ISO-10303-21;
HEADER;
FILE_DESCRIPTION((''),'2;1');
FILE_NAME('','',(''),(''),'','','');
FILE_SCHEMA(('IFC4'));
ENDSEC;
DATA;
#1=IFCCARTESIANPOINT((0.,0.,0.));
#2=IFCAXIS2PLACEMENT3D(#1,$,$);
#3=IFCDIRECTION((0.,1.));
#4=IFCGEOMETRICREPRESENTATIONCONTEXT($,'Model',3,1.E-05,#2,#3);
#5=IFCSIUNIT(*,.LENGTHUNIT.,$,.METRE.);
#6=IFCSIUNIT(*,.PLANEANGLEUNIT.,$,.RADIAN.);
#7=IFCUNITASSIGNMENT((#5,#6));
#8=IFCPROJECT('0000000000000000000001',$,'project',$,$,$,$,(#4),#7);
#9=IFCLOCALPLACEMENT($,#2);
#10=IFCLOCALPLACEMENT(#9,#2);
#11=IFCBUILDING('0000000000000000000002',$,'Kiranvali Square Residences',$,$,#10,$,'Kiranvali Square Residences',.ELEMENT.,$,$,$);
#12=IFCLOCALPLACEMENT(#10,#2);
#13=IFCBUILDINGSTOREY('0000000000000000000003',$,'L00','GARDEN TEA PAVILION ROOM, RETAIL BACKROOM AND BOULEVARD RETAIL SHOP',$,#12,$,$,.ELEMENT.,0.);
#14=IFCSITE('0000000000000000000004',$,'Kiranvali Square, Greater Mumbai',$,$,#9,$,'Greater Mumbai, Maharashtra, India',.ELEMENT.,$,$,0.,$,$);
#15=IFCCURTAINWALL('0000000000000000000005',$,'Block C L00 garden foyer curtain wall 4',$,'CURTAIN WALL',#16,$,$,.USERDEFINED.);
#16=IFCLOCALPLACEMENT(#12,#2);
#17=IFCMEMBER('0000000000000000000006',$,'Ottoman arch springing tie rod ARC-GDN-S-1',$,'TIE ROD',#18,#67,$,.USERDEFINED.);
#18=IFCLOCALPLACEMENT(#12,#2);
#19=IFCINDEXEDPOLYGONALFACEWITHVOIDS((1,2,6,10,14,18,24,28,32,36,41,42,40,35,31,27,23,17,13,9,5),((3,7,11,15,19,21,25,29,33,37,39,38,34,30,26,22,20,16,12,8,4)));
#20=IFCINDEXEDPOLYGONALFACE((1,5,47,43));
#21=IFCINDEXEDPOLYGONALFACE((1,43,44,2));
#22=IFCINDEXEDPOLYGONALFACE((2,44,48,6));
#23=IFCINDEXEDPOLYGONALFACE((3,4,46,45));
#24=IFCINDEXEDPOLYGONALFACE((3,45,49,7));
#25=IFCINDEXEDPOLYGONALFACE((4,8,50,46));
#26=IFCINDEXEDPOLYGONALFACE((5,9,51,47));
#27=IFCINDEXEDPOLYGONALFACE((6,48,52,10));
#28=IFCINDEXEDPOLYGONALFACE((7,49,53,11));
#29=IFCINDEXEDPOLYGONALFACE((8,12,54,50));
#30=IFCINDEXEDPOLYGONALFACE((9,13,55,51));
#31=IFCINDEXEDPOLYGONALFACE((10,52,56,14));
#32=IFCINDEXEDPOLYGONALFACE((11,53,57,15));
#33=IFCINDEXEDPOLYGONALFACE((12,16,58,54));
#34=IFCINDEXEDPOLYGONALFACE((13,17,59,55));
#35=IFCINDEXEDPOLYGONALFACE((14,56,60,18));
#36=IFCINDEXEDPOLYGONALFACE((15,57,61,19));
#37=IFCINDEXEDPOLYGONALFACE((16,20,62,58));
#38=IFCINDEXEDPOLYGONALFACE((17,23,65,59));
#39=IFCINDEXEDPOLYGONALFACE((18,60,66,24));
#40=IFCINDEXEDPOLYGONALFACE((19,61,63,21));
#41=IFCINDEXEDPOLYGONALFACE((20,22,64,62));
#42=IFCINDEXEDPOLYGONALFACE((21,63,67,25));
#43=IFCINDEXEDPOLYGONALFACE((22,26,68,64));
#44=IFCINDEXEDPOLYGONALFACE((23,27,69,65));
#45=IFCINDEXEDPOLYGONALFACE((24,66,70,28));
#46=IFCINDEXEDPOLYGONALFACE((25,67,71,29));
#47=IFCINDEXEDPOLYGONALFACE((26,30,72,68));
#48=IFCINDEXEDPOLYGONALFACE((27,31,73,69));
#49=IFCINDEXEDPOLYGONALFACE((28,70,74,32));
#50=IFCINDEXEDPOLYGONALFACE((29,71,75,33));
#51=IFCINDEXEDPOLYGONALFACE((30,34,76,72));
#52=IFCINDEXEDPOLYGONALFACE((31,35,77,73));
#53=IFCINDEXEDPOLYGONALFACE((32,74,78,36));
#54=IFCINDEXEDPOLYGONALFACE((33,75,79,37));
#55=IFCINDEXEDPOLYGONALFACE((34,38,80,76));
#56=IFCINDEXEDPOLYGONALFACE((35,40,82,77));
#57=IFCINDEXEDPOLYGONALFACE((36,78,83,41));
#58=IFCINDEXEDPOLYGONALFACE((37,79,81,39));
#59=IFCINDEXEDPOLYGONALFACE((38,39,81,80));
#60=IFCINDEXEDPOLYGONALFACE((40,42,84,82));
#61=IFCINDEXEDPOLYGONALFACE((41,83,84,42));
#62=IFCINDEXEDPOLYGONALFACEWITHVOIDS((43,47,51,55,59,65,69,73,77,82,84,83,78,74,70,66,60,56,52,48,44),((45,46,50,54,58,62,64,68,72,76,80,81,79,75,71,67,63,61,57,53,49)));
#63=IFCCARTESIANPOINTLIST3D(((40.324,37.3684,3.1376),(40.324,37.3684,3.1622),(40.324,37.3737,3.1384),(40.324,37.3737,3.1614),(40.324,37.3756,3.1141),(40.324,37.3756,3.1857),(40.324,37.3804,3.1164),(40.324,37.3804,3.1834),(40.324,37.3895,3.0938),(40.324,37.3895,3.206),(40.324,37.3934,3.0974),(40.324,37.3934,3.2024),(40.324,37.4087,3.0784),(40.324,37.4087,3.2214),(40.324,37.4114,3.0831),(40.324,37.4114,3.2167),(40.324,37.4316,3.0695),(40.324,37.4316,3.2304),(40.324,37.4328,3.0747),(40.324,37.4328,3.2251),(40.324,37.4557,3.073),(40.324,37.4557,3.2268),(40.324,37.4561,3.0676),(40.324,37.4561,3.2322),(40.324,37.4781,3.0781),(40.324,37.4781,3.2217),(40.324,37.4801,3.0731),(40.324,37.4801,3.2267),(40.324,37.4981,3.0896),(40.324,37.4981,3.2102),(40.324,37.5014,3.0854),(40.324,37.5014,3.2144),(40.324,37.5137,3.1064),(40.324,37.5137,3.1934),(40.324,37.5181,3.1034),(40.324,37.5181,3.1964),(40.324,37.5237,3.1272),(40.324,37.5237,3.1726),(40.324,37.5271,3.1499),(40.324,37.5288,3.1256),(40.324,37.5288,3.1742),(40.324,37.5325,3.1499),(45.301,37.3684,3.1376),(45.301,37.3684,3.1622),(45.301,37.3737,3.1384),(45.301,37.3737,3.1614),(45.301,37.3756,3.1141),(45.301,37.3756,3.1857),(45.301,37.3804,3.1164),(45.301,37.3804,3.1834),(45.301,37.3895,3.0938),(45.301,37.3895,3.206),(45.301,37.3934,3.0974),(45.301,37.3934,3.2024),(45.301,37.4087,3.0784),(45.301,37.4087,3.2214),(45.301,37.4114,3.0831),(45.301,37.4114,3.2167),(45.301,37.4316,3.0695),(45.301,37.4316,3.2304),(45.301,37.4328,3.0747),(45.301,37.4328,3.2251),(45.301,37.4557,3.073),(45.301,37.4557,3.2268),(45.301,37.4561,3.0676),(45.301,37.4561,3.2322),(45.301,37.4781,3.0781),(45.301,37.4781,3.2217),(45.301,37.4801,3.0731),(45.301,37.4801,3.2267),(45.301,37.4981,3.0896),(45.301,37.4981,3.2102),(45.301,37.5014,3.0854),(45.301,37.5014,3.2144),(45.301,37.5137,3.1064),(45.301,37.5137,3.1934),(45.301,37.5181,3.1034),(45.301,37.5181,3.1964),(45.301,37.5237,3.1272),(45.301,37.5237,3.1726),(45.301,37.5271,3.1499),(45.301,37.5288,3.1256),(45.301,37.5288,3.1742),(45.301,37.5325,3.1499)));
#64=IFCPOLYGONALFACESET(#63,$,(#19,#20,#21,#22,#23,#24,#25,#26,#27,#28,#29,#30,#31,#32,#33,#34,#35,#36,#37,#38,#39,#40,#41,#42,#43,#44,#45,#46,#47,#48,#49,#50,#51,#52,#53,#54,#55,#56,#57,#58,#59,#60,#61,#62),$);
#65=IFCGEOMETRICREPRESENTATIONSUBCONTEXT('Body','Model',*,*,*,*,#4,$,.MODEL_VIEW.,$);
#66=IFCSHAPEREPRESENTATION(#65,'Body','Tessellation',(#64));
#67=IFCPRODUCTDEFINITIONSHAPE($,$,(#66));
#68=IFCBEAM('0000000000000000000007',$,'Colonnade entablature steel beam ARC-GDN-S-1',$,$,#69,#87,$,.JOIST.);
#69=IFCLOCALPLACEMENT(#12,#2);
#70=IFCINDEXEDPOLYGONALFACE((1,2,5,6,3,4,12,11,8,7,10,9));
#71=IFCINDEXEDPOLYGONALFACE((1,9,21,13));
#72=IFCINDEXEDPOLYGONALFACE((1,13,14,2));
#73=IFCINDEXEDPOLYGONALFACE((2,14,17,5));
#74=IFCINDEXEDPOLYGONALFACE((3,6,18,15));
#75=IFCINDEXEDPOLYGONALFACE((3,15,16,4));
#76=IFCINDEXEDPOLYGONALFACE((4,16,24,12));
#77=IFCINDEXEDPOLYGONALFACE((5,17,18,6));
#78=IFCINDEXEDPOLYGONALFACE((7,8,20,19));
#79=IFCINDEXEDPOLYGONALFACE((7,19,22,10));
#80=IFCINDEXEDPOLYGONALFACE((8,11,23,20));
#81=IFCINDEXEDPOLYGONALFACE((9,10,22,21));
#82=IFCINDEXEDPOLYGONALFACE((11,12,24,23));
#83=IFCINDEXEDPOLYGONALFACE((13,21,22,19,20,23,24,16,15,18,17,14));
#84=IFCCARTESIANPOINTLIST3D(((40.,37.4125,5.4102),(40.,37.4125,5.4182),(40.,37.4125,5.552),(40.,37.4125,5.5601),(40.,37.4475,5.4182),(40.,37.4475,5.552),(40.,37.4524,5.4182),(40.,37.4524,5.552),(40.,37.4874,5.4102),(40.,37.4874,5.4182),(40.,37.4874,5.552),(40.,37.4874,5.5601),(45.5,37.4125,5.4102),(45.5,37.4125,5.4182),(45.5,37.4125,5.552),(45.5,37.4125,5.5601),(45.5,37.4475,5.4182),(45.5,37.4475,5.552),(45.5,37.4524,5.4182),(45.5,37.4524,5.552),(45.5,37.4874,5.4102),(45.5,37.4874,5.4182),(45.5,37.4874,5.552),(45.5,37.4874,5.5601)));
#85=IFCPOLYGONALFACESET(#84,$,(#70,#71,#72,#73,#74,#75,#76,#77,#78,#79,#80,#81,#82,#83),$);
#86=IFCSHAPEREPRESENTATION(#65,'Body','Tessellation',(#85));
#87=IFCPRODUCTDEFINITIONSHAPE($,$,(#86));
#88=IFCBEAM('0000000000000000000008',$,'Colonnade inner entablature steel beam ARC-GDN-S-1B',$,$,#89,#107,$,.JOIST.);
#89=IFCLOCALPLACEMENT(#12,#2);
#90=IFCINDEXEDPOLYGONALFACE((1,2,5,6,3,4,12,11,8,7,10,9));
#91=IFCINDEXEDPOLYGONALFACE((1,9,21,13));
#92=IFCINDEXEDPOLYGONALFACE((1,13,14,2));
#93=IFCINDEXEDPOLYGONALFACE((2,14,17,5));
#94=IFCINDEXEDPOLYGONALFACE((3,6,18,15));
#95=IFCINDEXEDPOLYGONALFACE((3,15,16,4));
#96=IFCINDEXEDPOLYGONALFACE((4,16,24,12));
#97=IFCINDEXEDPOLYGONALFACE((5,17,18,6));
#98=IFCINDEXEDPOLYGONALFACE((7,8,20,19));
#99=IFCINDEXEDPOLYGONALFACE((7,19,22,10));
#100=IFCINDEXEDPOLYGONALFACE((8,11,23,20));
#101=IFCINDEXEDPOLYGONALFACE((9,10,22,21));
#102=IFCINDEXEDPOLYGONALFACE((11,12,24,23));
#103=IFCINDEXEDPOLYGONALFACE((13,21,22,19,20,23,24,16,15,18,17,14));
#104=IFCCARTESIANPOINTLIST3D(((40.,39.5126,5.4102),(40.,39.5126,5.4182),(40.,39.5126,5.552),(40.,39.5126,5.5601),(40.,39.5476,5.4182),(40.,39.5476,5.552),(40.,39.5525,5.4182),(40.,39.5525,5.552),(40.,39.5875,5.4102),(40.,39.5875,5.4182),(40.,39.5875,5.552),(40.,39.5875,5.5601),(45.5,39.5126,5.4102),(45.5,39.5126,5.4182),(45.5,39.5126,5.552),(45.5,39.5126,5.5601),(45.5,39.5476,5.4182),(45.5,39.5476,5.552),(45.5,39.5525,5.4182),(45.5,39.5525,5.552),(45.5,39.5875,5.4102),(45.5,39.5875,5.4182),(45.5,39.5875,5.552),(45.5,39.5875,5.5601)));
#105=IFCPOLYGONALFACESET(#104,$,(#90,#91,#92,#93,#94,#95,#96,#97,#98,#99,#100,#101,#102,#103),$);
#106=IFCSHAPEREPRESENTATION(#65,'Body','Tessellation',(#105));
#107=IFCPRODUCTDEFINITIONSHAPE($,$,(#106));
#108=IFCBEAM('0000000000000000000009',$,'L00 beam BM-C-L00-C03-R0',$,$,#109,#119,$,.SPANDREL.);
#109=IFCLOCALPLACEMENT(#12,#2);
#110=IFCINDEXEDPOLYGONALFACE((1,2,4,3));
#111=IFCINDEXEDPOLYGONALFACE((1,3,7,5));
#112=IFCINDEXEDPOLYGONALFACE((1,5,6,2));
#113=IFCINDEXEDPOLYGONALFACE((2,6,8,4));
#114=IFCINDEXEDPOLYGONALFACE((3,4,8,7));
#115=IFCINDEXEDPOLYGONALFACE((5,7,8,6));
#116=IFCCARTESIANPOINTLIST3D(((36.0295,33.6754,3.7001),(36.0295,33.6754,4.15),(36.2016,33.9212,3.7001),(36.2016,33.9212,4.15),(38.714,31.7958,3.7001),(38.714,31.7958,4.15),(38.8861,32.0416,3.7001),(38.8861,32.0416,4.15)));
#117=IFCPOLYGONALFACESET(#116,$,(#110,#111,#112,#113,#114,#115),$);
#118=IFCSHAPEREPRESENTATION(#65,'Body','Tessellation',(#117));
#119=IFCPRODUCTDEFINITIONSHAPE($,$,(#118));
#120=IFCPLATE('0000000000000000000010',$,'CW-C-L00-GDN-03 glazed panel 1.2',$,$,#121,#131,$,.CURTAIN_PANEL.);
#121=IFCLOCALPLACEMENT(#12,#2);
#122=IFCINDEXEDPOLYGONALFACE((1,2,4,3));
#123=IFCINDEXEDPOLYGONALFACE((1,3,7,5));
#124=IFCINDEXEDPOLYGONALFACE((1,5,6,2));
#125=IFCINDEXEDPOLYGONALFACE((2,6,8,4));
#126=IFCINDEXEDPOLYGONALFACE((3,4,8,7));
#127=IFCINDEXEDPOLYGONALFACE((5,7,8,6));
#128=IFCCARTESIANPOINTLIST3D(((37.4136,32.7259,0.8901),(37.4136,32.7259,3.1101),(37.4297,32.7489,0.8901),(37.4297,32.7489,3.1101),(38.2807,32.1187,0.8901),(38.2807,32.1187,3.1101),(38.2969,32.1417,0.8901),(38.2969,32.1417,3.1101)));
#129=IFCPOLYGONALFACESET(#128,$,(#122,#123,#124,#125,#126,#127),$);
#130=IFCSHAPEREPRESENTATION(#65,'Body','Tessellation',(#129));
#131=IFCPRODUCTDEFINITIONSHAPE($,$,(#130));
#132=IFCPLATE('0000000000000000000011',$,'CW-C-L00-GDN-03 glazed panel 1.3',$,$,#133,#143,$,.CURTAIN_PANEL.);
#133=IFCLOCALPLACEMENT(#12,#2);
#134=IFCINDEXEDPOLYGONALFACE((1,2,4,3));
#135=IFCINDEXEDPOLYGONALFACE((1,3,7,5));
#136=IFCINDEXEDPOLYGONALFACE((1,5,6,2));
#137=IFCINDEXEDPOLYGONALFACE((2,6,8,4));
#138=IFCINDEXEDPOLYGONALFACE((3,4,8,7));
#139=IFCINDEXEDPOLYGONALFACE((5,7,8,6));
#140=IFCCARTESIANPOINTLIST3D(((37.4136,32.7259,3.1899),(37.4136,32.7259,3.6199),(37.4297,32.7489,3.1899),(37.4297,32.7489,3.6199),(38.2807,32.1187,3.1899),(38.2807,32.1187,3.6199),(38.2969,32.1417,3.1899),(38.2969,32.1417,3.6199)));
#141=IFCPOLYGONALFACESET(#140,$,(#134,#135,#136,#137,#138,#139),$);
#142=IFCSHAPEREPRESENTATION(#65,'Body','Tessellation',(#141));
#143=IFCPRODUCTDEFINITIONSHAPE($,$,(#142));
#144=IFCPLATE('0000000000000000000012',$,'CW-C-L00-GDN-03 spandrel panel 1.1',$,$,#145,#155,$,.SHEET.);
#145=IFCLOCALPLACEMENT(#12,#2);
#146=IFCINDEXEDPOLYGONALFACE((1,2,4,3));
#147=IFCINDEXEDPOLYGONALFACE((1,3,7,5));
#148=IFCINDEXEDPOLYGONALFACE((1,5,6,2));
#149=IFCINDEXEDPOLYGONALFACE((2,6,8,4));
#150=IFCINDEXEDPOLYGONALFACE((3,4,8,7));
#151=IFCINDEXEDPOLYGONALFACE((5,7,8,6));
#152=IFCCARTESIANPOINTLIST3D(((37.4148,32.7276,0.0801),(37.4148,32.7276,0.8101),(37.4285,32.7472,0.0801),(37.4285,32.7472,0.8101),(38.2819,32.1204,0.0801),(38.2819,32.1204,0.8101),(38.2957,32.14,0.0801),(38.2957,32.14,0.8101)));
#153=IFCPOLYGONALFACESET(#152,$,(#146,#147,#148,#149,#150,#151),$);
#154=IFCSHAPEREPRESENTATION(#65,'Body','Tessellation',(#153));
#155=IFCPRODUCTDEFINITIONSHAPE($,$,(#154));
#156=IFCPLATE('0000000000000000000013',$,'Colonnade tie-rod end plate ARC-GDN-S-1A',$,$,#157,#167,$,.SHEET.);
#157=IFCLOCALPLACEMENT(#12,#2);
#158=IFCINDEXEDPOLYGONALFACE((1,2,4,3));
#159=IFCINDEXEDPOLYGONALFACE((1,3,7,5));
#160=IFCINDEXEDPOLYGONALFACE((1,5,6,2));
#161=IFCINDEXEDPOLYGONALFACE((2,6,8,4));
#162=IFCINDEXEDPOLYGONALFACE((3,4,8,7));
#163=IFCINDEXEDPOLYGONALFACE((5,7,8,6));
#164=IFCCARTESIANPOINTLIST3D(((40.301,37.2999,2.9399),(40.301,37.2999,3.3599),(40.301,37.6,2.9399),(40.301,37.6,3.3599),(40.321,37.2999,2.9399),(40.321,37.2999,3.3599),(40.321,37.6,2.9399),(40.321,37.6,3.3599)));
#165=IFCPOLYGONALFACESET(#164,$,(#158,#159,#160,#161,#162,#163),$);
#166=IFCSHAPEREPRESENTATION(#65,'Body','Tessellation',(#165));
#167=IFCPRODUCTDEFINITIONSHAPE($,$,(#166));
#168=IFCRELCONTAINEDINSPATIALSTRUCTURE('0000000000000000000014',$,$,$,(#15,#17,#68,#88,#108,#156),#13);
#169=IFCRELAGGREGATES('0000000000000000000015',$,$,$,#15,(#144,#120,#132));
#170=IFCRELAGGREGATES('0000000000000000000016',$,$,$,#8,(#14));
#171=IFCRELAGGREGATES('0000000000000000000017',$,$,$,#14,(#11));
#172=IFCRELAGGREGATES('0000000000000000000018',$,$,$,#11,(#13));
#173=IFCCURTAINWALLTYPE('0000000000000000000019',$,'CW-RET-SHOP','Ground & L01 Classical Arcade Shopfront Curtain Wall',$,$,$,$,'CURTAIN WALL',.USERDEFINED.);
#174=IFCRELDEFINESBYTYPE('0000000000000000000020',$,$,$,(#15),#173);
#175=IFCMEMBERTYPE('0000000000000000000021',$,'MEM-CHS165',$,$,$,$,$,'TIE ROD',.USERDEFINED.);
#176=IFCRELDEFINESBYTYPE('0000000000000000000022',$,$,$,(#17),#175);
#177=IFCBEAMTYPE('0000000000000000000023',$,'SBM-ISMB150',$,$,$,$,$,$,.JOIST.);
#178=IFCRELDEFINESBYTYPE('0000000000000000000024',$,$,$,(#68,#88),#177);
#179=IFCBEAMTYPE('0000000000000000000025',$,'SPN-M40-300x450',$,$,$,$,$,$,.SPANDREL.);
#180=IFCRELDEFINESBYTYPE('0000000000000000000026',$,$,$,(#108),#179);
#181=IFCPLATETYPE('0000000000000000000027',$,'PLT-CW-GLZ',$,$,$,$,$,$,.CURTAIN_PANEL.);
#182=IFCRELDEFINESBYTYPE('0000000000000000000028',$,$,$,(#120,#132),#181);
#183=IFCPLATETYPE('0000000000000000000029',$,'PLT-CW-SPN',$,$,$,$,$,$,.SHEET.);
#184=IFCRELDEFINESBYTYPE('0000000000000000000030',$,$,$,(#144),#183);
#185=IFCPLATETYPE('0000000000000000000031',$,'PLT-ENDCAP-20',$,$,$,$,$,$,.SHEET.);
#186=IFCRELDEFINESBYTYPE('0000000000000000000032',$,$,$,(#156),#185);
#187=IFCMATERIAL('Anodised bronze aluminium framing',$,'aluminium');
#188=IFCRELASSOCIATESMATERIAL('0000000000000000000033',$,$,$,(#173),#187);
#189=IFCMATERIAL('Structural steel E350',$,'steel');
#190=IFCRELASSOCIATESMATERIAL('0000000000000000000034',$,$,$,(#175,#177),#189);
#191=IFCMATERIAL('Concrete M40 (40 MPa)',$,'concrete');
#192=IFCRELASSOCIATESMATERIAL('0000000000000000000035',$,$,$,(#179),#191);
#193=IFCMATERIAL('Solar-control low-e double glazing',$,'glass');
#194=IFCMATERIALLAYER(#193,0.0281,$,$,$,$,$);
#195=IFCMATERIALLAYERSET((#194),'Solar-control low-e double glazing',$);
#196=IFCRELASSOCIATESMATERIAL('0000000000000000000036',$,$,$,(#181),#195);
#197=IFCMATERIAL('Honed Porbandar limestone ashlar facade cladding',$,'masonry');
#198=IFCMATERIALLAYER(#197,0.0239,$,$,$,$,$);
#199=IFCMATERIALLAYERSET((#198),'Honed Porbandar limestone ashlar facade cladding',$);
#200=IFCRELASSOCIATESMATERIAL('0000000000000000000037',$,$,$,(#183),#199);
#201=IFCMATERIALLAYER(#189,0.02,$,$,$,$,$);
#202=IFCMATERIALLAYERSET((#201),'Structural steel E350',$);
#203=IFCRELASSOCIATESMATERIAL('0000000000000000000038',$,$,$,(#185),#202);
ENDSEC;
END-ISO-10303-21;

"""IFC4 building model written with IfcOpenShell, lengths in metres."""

from ifc_helpers import new_model, si_unit, direction, frame, origin, origin_2d, place, context, subcontext, project, spatial, rectangle, hollow_circle, i_section, extrude, material, layer, layer_set, material_profile, profile_set, type_object, element, aggregate, save


model = new_model("IFC4")

# Units and contexts
model_context = context("Model", 3, precision=1e-05, world=origin(), true_north=direction((0.0, 1.0)))
body_context = subcontext(model_context, "Body", "Model", "MODEL_VIEW")
ifc_project = project(units=[si_unit("LENGTHUNIT", "METRE"), si_unit("PLANEANGLEUNIT", "RADIAN")], contexts=[model_context])

# Site, building, storey
site_placement = place(None, origin())
site = spatial("IfcSite", under=ifc_project, at=site_placement, Name="Kiranvali Square, Greater Mumbai", LongName="Greater Mumbai, Maharashtra, India", CompositionType="ELEMENT", RefElevation=0.0)
building_placement = place(site_placement, origin())
building = spatial("IfcBuilding", under=site, at=building_placement, Name="Kiranvali Square Residences", LongName="Kiranvali Square Residences", CompositionType="ELEMENT")
storey_placement = place(building_placement, origin())
storey = spatial("IfcBuildingStorey", under=building, at=storey_placement, Name="L00", Description="GARDEN TEA PAVILION ROOM, RETAIL BACKROOM AND BOULEVARD RETAIL SHOP", CompositionType="ELEMENT", Elevation=0.0)

# Shared definitions
ifc_material_1 = material(Name="Concrete M40 (40 MPa)", Category="concrete")

# Curtain wall
ifc_material_2 = material(Name="Anodised bronze aluminium framing", Category="aluminium")
curtain_wall_type = type_object("IfcCurtainWallType", Name="CW-RET-SHOP", Description="Ground & L01 Classical Arcade Shopfront Curtain Wall", ElementType="CURTAIN WALL", PredefinedType="USERDEFINED", material=ifc_material_2)
curtain_wall_placement = place(storey_placement, origin())
curtain_wall = element("IfcCurtainWall", 1, at=curtain_wall_placement, inside=storey, type_object=curtain_wall_type, Name="Block C L00 garden foyer curtain wall 4", ObjectType="CURTAIN WALL", PredefinedType="USERDEFINED")

# Member
ifc_material_3 = material(Name="Structural steel E350", Category="steel")
ifc_material_profile_1 = material_profile(ifc_material_3, hollow_circle(Radius=0.0825, WallThickness=0.0054, at=origin_2d()), Name="CHS 165.1x5.4")
ifc_profile_set_1 = profile_set([ifc_material_profile_1], Name="Structural steel E350")
member_type_1 = type_object("IfcMemberType", Name="MEM-CHS165", ElementType="TIE ROD", PredefinedType="USERDEFINED", material=ifc_profile_set_1)
member_1_placement = place(storey_placement, frame((40.324, 37.45, 3.1499), z_axis=(1.0, 0.0, 0.0), x_axis=(0.0, 1.0, 0.0)))
element("IfcMember", 2, at=member_1_placement, inside=storey, type_object=member_type_1, Name="Ottoman arch springing tie rod ARC-GDN-S-1", ObjectType="TIE ROD", PredefinedType="USERDEFINED", context=body_context, shape_type="SweptSolid", body=[
    extrude(hollow_circle(Radius=0.0825, WallThickness=0.0054, at=origin_2d()), origin(), (0.0, 0.0, 1.0), 4.9771),
])

# Beams
ifc_material_profile_2 = material_profile(ifc_material_3, i_section(OverallWidth=0.075, OverallDepth=0.1499, WebThickness=0.0049, FlangeThickness=0.0081, at=origin_2d()), Name="ISMB 150")
ifc_profile_set_2 = profile_set([ifc_material_profile_2], Name="Structural steel E350")
beam_type_1 = type_object("IfcBeamType", Name="SBM-ISMB150", PredefinedType="JOIST", material=ifc_profile_set_2)
for number, where, z_axis, x_axis, name in (
    (3, (40.0, 37.45, 5.4851), (1.0, 0.0, 0.0), (0.0, 1.0, 0.0), "Colonnade entablature steel beam ARC-GDN-S-1"),
    (4, (40.0, 39.55, 5.4851), (1.0, 0.0, 0.0), (0.0, 1.0, 0.0), "Colonnade inner entablature steel beam ARC-GDN-S-1B"),
):
    element("IfcBeam", number, at=place(storey_placement, frame(where, z_axis=z_axis, x_axis=x_axis)), inside=storey, type_object=beam_type_1, Name=name, PredefinedType="JOIST", context=body_context, shape_type="SweptSolid", body=[
        extrude(i_section(OverallWidth=0.075, OverallDepth=0.1499, WebThickness=0.0049, FlangeThickness=0.0081, at=origin_2d()), origin(), (0.0, 0.0, 1.0), 5.5),
    ])
ifc_material_profile_3 = material_profile(ifc_material_1, rectangle(XDim=0.3, YDim=0.45, at=origin_2d()), Name="RC 300x450")
ifc_profile_set_3 = profile_set([ifc_material_profile_3], Name="Concrete M40 (40 MPa)")
beam_type_2 = type_object("IfcBeamType", Name="SPN-M40-300x450", PredefinedType="SPANDREL", material=ifc_profile_set_3)
beam_1_placement = place(storey_placement, frame((38.8, 31.9187, 3.925), z_axis=(-0.819169, 0.573552, 0.0), x_axis=(-0.573552, -0.819169, 0.0)))
element("IfcBeam", 5, at=beam_1_placement, inside=storey, type_object=beam_type_2, Name="L00 beam BM-C-L00-C03-R0", PredefinedType="SPANDREL", context=body_context, shape_type="SweptSolid", body=[
    extrude(rectangle(XDim=0.3, YDim=0.45, at=origin_2d()), origin(), (0.0, 0.0, 1.0), 3.2771),
])

# Plates
ifc_material_4 = material(Name="Solar-control low-e double glazing", Category="glass")
ifc_layer_1 = layer(ifc_material_4, 0.0281)
ifc_layer_set_1 = layer_set([ifc_layer_1], Name="Solar-control low-e double glazing")
plate_type_1 = type_object("IfcPlateType", Name="PLT-CW-GLZ", PredefinedType="CURTAIN_PANEL", material=ifc_layer_set_1)
plate_1_placement = place(storey_placement, frame((37.8552, 32.4338, 0.8901), z_axis=(0.0, 0.0, 1.0), x_axis=(-0.819152, 0.573576, 0.0)))
plate_1 = element("IfcPlate", 6, at=plate_1_placement, type_object=plate_type_1, Name="CW-C-L00-GDN-03 glazed panel 1.2", PredefinedType="CURTAIN_PANEL", context=body_context, shape_type="SweptSolid", body=[
    extrude(rectangle(XDim=1.0586, YDim=0.0281, at=origin_2d()), origin(), (0.0, 0.0, 1.0), 2.22),
])
plate_2_placement = place(storey_placement, frame((37.8552, 32.4338, 3.1899), z_axis=(0.0, 0.0, 1.0), x_axis=(-0.819152, 0.573576, 0.0)))
plate_2 = element("IfcPlate", 7, at=plate_2_placement, type_object=plate_type_1, Name="CW-C-L00-GDN-03 glazed panel 1.3", PredefinedType="CURTAIN_PANEL", context=body_context, shape_type="SweptSolid", body=[
    extrude(rectangle(XDim=1.0586, YDim=0.0281, at=origin_2d()), origin(), (0.0, 0.0, 1.0), 0.4299),
])
ifc_material_5 = material(Name="Honed Porbandar limestone ashlar facade cladding", Category="masonry")
ifc_layer_2 = layer(ifc_material_5, 0.0239)
ifc_layer_set_2 = layer_set([ifc_layer_2], Name="Honed Porbandar limestone ashlar facade cladding")
plate_type_2 = type_object("IfcPlateType", Name="PLT-CW-SPN", PredefinedType="SHEET", material=ifc_layer_set_2)
plate_3_placement = place(storey_placement, frame((37.8552, 32.4338, 0.0801), z_axis=(0.0, 0.0, 1.0), x_axis=(-0.819152, 0.573576, 0.0)))
plate_3 = element("IfcPlate", 8, at=plate_3_placement, type_object=plate_type_2, Name="CW-C-L00-GDN-03 spandrel panel 1.1", PredefinedType="SHEET", context=body_context, shape_type="SweptSolid", body=[
    extrude(rectangle(XDim=1.0586, YDim=0.0239, at=origin_2d()), origin(), (0.0, 0.0, 1.0), 0.73),
])
aggregate(curtain_wall, [plate_3, plate_1, plate_2])
ifc_layer_3 = layer(ifc_material_3, 0.02)
ifc_layer_set_3 = layer_set([ifc_layer_3], Name="Structural steel E350")
plate_type_3 = type_object("IfcPlateType", Name="PLT-ENDCAP-20", PredefinedType="SHEET", material=ifc_layer_set_3)
plate_4_placement = place(storey_placement, frame((40.311, 37.45, 2.9399), z_axis=(0.0, 0.0, 1.0), x_axis=(1.0, 0.0, 0.0)))
element("IfcPlate", 9, at=plate_4_placement, inside=storey, type_object=plate_type_3, Name="Colonnade tie-rod end plate ARC-GDN-S-1A", PredefinedType="SHEET", context=body_context, shape_type="SweptSolid", body=[
    extrude(rectangle(XDim=0.02, YDim=0.3, at=origin_2d()), origin(), (0.0, 0.0, 1.0), 0.4199),
])

save(model, "model.ifc")
